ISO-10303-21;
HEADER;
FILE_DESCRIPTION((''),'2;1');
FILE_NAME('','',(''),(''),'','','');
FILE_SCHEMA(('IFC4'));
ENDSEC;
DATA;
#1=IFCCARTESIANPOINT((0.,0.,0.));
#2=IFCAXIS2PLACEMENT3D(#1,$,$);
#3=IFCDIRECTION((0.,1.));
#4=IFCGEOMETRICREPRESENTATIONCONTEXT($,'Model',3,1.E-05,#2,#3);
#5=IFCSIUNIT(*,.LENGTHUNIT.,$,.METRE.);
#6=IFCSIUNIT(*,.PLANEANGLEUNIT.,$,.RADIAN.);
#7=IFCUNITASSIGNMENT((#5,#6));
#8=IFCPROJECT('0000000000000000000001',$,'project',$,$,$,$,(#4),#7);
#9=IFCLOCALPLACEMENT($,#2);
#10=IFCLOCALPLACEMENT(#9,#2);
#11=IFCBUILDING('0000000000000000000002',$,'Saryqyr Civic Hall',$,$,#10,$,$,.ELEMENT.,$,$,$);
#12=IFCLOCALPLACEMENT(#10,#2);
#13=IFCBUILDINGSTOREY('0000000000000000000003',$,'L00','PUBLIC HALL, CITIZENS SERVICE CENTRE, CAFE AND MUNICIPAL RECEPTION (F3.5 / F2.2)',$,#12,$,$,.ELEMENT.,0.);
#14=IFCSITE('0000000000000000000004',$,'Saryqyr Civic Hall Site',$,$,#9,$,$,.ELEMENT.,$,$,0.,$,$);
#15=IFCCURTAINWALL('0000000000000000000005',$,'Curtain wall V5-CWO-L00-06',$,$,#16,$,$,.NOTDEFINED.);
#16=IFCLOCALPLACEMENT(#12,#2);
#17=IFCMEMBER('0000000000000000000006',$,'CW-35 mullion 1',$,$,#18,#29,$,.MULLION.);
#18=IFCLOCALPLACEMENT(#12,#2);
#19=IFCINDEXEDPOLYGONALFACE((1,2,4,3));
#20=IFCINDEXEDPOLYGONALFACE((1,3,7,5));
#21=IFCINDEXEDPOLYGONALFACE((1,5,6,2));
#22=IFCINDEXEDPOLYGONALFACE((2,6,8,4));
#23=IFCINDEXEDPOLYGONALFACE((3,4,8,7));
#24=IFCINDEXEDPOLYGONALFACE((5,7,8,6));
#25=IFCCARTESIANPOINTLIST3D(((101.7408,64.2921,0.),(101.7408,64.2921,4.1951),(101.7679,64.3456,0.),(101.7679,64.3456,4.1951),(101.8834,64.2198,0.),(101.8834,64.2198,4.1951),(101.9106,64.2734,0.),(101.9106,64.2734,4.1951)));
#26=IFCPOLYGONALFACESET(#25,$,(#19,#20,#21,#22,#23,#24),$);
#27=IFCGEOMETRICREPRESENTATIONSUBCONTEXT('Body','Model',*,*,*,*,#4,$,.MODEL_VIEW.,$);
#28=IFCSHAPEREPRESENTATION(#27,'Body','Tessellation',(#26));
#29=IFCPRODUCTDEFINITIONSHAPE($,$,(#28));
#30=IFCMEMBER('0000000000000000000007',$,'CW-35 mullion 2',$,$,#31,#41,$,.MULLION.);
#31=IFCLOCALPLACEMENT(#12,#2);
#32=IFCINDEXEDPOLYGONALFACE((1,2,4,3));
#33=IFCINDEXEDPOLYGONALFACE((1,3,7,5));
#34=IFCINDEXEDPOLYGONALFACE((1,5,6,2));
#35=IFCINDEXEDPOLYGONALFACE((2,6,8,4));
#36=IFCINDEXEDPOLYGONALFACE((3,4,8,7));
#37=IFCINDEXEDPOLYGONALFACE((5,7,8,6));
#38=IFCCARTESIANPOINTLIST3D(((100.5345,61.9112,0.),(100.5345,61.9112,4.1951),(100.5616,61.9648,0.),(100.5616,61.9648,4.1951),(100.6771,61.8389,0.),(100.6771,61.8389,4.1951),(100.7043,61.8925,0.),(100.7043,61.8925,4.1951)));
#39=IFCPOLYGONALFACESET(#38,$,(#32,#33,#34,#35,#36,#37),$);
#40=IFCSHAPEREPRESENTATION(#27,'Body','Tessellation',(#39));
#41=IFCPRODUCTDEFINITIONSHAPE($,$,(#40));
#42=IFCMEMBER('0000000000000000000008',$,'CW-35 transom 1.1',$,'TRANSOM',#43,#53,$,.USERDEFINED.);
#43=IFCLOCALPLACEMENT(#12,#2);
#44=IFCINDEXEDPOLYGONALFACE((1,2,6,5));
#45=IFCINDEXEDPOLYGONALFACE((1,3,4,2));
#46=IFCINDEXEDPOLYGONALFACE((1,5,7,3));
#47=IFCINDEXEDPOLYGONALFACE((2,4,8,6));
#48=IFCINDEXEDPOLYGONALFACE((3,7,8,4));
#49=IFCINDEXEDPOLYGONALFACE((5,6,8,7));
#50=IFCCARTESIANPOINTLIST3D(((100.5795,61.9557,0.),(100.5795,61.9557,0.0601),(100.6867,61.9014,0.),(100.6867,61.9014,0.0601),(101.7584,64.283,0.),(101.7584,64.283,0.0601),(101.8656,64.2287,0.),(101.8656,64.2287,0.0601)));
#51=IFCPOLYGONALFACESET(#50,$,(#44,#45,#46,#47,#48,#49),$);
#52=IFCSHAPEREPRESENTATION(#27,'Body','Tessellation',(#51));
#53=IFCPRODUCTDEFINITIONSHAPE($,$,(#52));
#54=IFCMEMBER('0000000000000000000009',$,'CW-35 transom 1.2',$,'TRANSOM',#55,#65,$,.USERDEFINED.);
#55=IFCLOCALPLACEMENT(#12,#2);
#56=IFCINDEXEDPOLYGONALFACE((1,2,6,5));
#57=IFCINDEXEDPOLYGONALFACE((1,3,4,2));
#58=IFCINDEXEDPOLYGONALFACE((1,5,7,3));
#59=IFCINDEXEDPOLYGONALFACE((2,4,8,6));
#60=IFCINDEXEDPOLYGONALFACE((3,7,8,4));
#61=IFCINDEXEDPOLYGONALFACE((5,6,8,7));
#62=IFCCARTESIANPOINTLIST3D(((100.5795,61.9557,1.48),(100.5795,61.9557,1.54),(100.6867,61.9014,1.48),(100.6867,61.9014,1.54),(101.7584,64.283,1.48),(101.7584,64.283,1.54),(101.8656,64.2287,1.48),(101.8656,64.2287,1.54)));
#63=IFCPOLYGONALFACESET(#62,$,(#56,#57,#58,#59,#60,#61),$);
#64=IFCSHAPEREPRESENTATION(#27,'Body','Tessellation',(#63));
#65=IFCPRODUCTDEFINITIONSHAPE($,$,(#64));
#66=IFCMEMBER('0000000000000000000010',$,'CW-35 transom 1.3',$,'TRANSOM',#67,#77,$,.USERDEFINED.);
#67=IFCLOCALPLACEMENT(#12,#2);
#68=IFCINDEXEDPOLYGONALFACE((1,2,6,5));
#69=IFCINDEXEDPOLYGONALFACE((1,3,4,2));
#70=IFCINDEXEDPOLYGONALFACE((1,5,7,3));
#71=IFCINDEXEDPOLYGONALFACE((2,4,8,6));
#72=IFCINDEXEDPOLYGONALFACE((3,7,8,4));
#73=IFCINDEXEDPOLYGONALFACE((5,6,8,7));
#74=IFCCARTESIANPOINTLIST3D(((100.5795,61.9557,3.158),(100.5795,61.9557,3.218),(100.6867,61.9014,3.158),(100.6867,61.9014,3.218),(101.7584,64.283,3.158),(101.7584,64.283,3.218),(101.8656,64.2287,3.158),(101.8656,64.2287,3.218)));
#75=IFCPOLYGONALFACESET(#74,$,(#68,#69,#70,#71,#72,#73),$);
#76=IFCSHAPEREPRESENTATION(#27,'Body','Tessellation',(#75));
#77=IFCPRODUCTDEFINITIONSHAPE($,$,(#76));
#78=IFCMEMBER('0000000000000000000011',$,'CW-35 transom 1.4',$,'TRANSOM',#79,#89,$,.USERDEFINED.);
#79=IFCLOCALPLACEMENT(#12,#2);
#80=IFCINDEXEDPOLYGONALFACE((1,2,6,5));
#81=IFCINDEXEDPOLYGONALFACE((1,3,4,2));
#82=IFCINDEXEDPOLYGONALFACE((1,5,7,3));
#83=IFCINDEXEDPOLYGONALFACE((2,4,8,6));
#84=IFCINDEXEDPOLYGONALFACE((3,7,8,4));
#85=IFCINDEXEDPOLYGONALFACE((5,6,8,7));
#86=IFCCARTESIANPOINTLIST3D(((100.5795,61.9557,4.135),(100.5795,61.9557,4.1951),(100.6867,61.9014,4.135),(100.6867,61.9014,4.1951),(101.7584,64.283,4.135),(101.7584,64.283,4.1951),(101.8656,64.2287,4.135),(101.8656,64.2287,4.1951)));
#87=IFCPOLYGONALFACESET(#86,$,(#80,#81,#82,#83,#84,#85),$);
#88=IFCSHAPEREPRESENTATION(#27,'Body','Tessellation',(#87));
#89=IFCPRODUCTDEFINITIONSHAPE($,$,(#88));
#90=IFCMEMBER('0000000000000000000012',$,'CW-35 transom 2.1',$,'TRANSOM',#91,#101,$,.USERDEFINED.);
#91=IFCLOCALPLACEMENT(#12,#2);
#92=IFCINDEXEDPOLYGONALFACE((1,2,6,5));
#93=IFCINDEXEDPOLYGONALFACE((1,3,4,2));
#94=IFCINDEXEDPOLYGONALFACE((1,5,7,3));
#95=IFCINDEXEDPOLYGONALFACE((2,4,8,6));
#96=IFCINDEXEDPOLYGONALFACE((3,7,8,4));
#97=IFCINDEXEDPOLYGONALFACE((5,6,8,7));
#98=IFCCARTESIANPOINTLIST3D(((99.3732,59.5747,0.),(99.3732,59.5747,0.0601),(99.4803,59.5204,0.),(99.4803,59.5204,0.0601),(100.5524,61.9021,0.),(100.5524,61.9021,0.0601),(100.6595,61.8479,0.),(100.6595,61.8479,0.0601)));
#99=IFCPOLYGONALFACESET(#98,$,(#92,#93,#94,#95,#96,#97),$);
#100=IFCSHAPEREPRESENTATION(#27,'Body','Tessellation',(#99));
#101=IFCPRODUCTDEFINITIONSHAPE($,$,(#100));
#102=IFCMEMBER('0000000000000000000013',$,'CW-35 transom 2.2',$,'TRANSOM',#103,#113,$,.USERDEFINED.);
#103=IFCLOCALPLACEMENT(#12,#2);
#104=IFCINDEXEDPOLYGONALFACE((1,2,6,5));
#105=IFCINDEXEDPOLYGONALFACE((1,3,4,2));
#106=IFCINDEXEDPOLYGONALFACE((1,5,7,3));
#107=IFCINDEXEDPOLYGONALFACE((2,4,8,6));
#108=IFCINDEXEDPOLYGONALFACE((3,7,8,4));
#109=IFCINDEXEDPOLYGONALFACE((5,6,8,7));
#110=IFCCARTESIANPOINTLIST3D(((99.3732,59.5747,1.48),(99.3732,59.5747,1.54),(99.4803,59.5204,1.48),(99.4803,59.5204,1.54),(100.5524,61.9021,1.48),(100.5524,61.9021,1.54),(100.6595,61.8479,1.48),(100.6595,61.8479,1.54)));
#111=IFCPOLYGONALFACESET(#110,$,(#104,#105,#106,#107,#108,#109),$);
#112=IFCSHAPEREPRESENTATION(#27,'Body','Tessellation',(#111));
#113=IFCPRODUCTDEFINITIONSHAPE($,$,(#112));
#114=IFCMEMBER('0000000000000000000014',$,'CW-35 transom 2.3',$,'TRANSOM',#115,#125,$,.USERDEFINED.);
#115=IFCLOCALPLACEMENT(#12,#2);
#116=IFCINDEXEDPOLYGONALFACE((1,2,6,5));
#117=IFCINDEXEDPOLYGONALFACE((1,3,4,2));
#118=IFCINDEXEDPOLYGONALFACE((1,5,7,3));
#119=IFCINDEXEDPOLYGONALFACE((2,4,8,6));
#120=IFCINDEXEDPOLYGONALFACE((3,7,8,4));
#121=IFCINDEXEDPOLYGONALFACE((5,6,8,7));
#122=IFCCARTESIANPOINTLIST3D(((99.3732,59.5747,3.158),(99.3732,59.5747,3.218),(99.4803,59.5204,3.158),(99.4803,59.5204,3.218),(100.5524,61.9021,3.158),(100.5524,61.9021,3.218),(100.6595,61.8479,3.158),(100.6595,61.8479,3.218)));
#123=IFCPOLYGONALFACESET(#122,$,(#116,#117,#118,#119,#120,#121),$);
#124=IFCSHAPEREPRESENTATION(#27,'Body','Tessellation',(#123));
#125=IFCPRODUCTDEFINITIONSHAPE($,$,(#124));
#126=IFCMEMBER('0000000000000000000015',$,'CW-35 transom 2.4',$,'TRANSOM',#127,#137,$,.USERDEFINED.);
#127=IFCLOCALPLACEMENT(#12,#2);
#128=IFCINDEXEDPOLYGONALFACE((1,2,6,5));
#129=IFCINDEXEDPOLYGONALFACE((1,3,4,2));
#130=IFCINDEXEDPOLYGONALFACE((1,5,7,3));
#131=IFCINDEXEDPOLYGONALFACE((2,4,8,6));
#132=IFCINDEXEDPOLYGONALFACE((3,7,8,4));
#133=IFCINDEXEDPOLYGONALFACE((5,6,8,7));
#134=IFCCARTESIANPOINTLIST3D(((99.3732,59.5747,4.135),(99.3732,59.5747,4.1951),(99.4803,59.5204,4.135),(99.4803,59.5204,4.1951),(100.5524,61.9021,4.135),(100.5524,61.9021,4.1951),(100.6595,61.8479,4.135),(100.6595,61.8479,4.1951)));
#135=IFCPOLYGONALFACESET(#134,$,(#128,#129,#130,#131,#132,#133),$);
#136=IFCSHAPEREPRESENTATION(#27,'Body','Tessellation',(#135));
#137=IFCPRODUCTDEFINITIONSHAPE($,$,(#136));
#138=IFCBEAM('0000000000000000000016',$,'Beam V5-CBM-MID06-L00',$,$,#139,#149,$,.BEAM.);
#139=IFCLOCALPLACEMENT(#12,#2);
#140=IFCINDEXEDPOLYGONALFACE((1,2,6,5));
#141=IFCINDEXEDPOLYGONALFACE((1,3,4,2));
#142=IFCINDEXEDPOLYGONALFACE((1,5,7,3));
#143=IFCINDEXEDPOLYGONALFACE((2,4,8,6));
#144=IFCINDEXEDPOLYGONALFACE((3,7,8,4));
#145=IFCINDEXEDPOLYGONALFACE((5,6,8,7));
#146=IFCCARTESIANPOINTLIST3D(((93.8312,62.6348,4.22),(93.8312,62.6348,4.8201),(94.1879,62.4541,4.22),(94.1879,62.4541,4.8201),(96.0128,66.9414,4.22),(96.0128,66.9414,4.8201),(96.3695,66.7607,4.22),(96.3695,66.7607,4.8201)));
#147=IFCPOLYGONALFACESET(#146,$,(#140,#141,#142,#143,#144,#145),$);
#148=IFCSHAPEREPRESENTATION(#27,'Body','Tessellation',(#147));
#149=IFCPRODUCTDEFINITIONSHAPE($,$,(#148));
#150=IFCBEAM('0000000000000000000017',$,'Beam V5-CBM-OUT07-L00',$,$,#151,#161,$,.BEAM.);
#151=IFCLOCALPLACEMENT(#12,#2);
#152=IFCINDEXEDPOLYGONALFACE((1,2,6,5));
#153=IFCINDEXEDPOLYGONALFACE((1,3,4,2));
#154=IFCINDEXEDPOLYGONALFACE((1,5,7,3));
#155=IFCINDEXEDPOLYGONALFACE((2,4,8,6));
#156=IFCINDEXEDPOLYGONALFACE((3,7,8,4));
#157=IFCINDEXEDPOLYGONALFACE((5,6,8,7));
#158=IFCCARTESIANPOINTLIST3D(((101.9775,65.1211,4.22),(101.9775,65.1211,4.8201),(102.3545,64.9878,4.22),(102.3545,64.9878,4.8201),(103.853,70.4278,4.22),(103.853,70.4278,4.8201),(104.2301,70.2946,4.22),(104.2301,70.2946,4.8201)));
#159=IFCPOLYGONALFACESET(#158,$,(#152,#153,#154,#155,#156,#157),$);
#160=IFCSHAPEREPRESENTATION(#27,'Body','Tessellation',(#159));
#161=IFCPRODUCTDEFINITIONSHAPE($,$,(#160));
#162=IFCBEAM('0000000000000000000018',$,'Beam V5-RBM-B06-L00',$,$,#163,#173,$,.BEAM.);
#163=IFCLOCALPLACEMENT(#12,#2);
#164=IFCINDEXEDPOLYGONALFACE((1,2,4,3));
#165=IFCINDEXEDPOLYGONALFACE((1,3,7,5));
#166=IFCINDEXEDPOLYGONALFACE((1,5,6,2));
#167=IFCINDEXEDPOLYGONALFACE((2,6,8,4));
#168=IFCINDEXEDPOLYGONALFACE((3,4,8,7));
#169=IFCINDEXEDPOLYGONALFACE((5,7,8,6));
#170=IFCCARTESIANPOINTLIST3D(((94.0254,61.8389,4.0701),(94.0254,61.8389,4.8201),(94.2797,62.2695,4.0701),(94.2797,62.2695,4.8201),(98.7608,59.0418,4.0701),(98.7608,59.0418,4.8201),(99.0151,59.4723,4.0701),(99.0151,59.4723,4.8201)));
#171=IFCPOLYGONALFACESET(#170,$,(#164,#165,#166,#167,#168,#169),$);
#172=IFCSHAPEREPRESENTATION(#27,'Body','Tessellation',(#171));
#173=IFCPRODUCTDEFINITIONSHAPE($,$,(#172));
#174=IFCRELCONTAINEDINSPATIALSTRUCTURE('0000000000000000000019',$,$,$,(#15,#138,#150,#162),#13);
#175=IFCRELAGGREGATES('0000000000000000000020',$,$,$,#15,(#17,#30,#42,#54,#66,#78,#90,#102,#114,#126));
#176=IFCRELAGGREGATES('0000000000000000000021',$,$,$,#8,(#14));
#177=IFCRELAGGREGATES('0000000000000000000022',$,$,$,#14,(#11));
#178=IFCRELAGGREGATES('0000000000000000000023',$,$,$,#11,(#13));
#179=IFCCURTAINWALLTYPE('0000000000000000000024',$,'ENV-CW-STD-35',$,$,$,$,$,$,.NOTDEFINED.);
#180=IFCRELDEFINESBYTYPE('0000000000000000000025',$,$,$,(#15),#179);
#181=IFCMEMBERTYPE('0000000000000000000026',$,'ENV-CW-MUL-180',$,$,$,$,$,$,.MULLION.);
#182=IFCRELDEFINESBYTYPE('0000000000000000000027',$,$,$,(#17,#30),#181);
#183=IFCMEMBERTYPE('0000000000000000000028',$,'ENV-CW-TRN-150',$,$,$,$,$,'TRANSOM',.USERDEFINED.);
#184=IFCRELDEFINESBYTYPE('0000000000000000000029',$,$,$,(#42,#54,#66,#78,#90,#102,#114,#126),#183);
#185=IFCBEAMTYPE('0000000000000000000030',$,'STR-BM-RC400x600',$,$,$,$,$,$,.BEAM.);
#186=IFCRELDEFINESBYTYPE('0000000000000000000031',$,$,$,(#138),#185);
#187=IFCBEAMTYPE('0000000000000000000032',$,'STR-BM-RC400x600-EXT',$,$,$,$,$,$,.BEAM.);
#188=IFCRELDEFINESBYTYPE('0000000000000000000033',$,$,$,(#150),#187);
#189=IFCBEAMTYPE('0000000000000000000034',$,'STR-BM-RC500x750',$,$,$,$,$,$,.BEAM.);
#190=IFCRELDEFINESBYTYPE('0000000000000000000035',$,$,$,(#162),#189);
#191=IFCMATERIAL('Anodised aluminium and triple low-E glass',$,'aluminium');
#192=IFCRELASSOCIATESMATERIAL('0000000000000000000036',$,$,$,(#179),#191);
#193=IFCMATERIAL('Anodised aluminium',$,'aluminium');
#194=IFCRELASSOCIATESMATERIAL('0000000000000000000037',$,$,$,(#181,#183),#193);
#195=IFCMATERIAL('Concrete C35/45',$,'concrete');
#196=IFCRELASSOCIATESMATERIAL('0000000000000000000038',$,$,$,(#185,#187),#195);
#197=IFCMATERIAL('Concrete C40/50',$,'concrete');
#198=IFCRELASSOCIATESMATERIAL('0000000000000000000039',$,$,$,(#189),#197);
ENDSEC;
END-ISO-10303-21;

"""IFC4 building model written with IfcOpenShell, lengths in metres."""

from ifc_helpers import new_model, si_unit, direction, frame, origin, origin_2d, place, context, subcontext, project, spatial, rectangle, extrude, material, material_profile, profile_set, type_object, element, aggregate, save


model = new_model("IFC4")

# Units and contexts
model_context = context("Model", 3, precision=1e-05, world=origin(), true_north=direction((0.0, 1.0)))
body_context = subcontext(model_context, "Body", "Model", "MODEL_VIEW")
ifc_project = project(units=[si_unit("LENGTHUNIT", "METRE"), si_unit("PLANEANGLEUNIT", "RADIAN")], contexts=[model_context])

# Site, building, storey
site_placement = place(None, origin())
site = spatial("IfcSite", under=ifc_project, at=site_placement, Name="Saryqyr Civic Hall Site", CompositionType="ELEMENT", RefElevation=0.0)
building_placement = place(site_placement, origin())
building = spatial("IfcBuilding", under=site, at=building_placement, Name="Saryqyr Civic Hall", CompositionType="ELEMENT")
storey_placement = place(building_placement, origin())
storey = spatial("IfcBuildingStorey", under=building, at=storey_placement, Name="L00", Description="PUBLIC HALL, CITIZENS SERVICE CENTRE, CAFE AND MUNICIPAL RECEPTION (F3.5 / F2.2)", CompositionType="ELEMENT", Elevation=0.0)

# Shared definitions
ifc_material_1 = material(Name="Concrete C40/50", Category="concrete")

# Curtain wall, members
ifc_material_2 = material(Name="Anodised aluminium and triple low-E glass", Category="aluminium")
curtain_wall_type = type_object("IfcCurtainWallType", Name="ENV-CW-STD-35", PredefinedType="NOTDEFINED", material=ifc_material_2)
curtain_wall_placement = place(storey_placement, origin())
curtain_wall = element("IfcCurtainWall", 1, at=curtain_wall_placement, inside=storey, type_object=curtain_wall_type, Name="Curtain wall V5-CWO-L00-06", PredefinedType="NOTDEFINED")
ifc_material_3 = material(Name="Anodised aluminium", Category="aluminium")
ifc_material_profile_1 = material_profile(ifc_material_3, rectangle(XDim=0.0601, YDim=0.1599, at=origin_2d()), Name="ALU MULLION 60x160")
ifc_profile_set_1 = profile_set([ifc_material_profile_1], Name="Anodised aluminium")
member_type_1 = type_object("IfcMemberType", Name="ENV-CW-MUL-180", PredefinedType="MULLION", material=ifc_profile_set_1)
member_1_placement = place(storey_placement, frame((101.8257, 64.2827, 0.0), z_axis=(0.0, 0.0, 1.0), x_axis=(-0.451942, -0.892047, 0.0)))
member_1 = element("IfcMember", 2, at=member_1_placement, type_object=member_type_1, Name="CW-35 mullion 1", PredefinedType="MULLION", context=body_context, shape_type="SweptSolid", body=[
    extrude(rectangle(XDim=0.0601, YDim=0.1599, at=origin_2d()), origin(), (0.0, 0.0, 1.0), 4.1951),
])
member_2_placement = place(storey_placement, frame((100.6194, 61.9019, 0.0), z_axis=(0.0, 0.0, 1.0), x_axis=(-0.451942, -0.892047, 0.0)))
member_2 = element("IfcMember", 3, at=member_2_placement, type_object=member_type_1, Name="CW-35 mullion 2", PredefinedType="MULLION", context=body_context, shape_type="SweptSolid", body=[
    extrude(rectangle(XDim=0.0601, YDim=0.1599, at=origin_2d()), origin(), (0.0, 0.0, 1.0), 4.1951),
])
ifc_material_profile_2 = material_profile(ifc_material_3, rectangle(XDim=0.1201, YDim=0.0601, at=origin_2d()), Name="ALU TRANSOM 120x60")
ifc_profile_set_2 = profile_set([ifc_material_profile_2], Name="Anodised aluminium")
member_type_2 = type_object("IfcMemberType", Name="ENV-CW-TRN-150", ElementType="TRANSOM", PredefinedType="USERDEFINED", material=ifc_profile_set_2)
member_3_placement = place(storey_placement, frame((101.812, 64.2559, 0.03), z_axis=(-0.451886, -0.892076, 0.0), x_axis=(0.892076, -0.451886, 0.0)))
member_3 = element("IfcMember", 4, at=member_3_placement, type_object=member_type_2, Name="CW-35 transom 1.1", ObjectType="TRANSOM", PredefinedType="USERDEFINED", context=body_context, shape_type="SweptSolid", body=[
    extrude(rectangle(XDim=0.1201, YDim=0.0601, at=origin_2d()), origin(), (0.0, 0.0, 1.0), 2.6089),
])
member_4_placement = place(storey_placement, frame((101.812, 64.2559, 1.51), z_axis=(-0.451886, -0.892076, 0.0), x_axis=(0.892076, -0.451886, 0.0)))
member_4 = element("IfcMember", 5, at=member_4_placement, type_object=member_type_2, Name="CW-35 transom 1.2", ObjectType="TRANSOM", PredefinedType="USERDEFINED", context=body_context, shape_type="SweptSolid", body=[
    extrude(rectangle(XDim=0.1201, YDim=0.0601, at=origin_2d()), origin(), (0.0, 0.0, 1.0), 2.6089),
])
member_5_placement = place(storey_placement, frame((101.812, 64.2559, 3.188), z_axis=(-0.451886, -0.892076, 0.0), x_axis=(0.892076, -0.451886, 0.0)))
member_5 = element("IfcMember", 6, at=member_5_placement, type_object=member_type_2, Name="CW-35 transom 1.3", ObjectType="TRANSOM", PredefinedType="USERDEFINED", context=body_context, shape_type="SweptSolid", body=[
    extrude(rectangle(XDim=0.1201, YDim=0.0601, at=origin_2d()), origin(), (0.0, 0.0, 1.0), 2.6089),
])
member_6_placement = place(storey_placement, frame((101.812, 64.2559, 4.165), z_axis=(-0.451886, -0.892076, 0.0), x_axis=(0.892076, -0.451886, 0.0)))
member_6 = element("IfcMember", 7, at=member_6_placement, type_object=member_type_2, Name="CW-35 transom 1.4", ObjectType="TRANSOM", PredefinedType="USERDEFINED", context=body_context, shape_type="SweptSolid", body=[
    extrude(rectangle(XDim=0.1201, YDim=0.0601, at=origin_2d()), origin(), (0.0, 0.0, 1.0), 2.6089),
])
member_7_placement = place(storey_placement, frame((100.606, 61.875, 0.03), z_axis=(-0.451961, -0.892038, 0.0), x_axis=(0.892038, -0.451961, 0.0)))
member_7 = element("IfcMember", 8, at=member_7_placement, type_object=member_type_2, Name="CW-35 transom 2.1", ObjectType="TRANSOM", PredefinedType="USERDEFINED", context=body_context, shape_type="SweptSolid", body=[
    extrude(rectangle(XDim=0.1201, YDim=0.0601, at=origin_2d()), origin(), (0.0, 0.0, 1.0), 2.6091),
])
member_8_placement = place(storey_placement, frame((100.606, 61.875, 1.51), z_axis=(-0.451961, -0.892038, 0.0), x_axis=(0.892038, -0.451961, 0.0)))
member_8 = element("IfcMember", 9, at=member_8_placement, type_object=member_type_2, Name="CW-35 transom 2.2", ObjectType="TRANSOM", PredefinedType="USERDEFINED", context=body_context, shape_type="SweptSolid", body=[
    extrude(rectangle(XDim=0.1201, YDim=0.0601, at=origin_2d()), origin(), (0.0, 0.0, 1.0), 2.6091),
])
member_9_placement = place(storey_placement, frame((100.606, 61.875, 3.188), z_axis=(-0.451961, -0.892038, 0.0), x_axis=(0.892038, -0.451961, 0.0)))
member_9 = element("IfcMember", 10, at=member_9_placement, type_object=member_type_2, Name="CW-35 transom 2.3", ObjectType="TRANSOM", PredefinedType="USERDEFINED", context=body_context, shape_type="SweptSolid", body=[
    extrude(rectangle(XDim=0.1201, YDim=0.0601, at=origin_2d()), origin(), (0.0, 0.0, 1.0), 2.6091),
])
member_10_placement = place(storey_placement, frame((100.606, 61.875, 4.165), z_axis=(-0.451961, -0.892038, 0.0), x_axis=(0.892038, -0.451961, 0.0)))
member_10 = element("IfcMember", 11, at=member_10_placement, type_object=member_type_2, Name="CW-35 transom 2.4", ObjectType="TRANSOM", PredefinedType="USERDEFINED", context=body_context, shape_type="SweptSolid", body=[
    extrude(rectangle(XDim=0.1201, YDim=0.0601, at=origin_2d()), origin(), (0.0, 0.0, 1.0), 2.6091),
])

# Beams
ifc_material_4 = material(Name="Concrete C35/45", Category="concrete")
ifc_material_profile_3 = material_profile(ifc_material_4, rectangle(XDim=0.3999, YDim=0.6001, at=origin_2d()), Name="RC 400x600")
ifc_profile_set_3 = profile_set([ifc_material_profile_3], Name="Concrete C35/45")
beam_type_1 = type_object("IfcBeamType", Name="STR-BM-RC400x600", PredefinedType="BEAM", material=ifc_profile_set_3)
beam_1_placement = place(storey_placement, frame((94.0095, 62.5444, 4.52), z_axis=(0.4519, 0.892068, 0.0), x_axis=(-0.892068, 0.4519, 0.0)))
element("IfcBeam", 12, at=beam_1_placement, inside=storey, type_object=beam_type_1, Name="Beam V5-CBM-MID06-L00", PredefinedType="BEAM", context=body_context, shape_type="SweptSolid", body=[
    extrude(rectangle(XDim=0.3999, YDim=0.6001, at=origin_2d()), origin(), (0.0, 0.0, 1.0), 4.8276),
])
ifc_material_profile_4 = material_profile(ifc_material_4, rectangle(XDim=0.3999, YDim=0.6001, at=origin_2d()), Name="RC 400x600")
ifc_profile_set_4 = profile_set([ifc_material_profile_4], Name="Concrete C35/45")
beam_type_2 = type_object("IfcBeamType", Name="STR-BM-RC400x600-EXT", PredefinedType="BEAM", material=ifc_profile_set_4)
beam_2_placement = place(storey_placement, frame((102.166, 65.0544, 4.52), z_axis=(0.333224, 0.942848, 0.0), x_axis=(-0.942848, 0.333224, 0.0)))
element("IfcBeam", 13, at=beam_2_placement, inside=storey, type_object=beam_type_2, Name="Beam V5-CBM-OUT07-L00", PredefinedType="BEAM", context=body_context, shape_type="SweptSolid", body=[
    extrude(rectangle(XDim=0.3999, YDim=0.6001, at=origin_2d()), origin(), (0.0, 0.0, 1.0), 5.6284),
])
ifc_material_profile_5 = material_profile(ifc_material_1, rectangle(XDim=0.5, YDim=0.75, at=origin_2d()), Name="RC 500x750")
ifc_profile_set_5 = profile_set([ifc_material_profile_5], Name="Concrete C40/50")
beam_type_3 = type_object("IfcBeamType", Name="STR-BM-RC500x750", PredefinedType="BEAM", material=ifc_profile_set_5)
beam_3_placement = place(storey_placement, frame((94.1526, 62.0542, 4.4451), z_axis=(0.86101, -0.508589, 0.0), x_axis=(0.508589, 0.86101, 0.0)))
element("IfcBeam", 14, at=beam_3_placement, inside=storey, type_object=beam_type_3, Name="Beam V5-RBM-B06-L00", PredefinedType="BEAM", context=body_context, shape_type="SweptSolid", body=[
    extrude(rectangle(XDim=0.5, YDim=0.75, at=origin_2d()), origin(), (0.0, 0.0, 1.0), 5.4998),
])

aggregate(curtain_wall, [member_1, member_2, member_3, member_4, member_5, member_6, member_7, member_8, member_9, member_10])

save(model, "model.ifc")
